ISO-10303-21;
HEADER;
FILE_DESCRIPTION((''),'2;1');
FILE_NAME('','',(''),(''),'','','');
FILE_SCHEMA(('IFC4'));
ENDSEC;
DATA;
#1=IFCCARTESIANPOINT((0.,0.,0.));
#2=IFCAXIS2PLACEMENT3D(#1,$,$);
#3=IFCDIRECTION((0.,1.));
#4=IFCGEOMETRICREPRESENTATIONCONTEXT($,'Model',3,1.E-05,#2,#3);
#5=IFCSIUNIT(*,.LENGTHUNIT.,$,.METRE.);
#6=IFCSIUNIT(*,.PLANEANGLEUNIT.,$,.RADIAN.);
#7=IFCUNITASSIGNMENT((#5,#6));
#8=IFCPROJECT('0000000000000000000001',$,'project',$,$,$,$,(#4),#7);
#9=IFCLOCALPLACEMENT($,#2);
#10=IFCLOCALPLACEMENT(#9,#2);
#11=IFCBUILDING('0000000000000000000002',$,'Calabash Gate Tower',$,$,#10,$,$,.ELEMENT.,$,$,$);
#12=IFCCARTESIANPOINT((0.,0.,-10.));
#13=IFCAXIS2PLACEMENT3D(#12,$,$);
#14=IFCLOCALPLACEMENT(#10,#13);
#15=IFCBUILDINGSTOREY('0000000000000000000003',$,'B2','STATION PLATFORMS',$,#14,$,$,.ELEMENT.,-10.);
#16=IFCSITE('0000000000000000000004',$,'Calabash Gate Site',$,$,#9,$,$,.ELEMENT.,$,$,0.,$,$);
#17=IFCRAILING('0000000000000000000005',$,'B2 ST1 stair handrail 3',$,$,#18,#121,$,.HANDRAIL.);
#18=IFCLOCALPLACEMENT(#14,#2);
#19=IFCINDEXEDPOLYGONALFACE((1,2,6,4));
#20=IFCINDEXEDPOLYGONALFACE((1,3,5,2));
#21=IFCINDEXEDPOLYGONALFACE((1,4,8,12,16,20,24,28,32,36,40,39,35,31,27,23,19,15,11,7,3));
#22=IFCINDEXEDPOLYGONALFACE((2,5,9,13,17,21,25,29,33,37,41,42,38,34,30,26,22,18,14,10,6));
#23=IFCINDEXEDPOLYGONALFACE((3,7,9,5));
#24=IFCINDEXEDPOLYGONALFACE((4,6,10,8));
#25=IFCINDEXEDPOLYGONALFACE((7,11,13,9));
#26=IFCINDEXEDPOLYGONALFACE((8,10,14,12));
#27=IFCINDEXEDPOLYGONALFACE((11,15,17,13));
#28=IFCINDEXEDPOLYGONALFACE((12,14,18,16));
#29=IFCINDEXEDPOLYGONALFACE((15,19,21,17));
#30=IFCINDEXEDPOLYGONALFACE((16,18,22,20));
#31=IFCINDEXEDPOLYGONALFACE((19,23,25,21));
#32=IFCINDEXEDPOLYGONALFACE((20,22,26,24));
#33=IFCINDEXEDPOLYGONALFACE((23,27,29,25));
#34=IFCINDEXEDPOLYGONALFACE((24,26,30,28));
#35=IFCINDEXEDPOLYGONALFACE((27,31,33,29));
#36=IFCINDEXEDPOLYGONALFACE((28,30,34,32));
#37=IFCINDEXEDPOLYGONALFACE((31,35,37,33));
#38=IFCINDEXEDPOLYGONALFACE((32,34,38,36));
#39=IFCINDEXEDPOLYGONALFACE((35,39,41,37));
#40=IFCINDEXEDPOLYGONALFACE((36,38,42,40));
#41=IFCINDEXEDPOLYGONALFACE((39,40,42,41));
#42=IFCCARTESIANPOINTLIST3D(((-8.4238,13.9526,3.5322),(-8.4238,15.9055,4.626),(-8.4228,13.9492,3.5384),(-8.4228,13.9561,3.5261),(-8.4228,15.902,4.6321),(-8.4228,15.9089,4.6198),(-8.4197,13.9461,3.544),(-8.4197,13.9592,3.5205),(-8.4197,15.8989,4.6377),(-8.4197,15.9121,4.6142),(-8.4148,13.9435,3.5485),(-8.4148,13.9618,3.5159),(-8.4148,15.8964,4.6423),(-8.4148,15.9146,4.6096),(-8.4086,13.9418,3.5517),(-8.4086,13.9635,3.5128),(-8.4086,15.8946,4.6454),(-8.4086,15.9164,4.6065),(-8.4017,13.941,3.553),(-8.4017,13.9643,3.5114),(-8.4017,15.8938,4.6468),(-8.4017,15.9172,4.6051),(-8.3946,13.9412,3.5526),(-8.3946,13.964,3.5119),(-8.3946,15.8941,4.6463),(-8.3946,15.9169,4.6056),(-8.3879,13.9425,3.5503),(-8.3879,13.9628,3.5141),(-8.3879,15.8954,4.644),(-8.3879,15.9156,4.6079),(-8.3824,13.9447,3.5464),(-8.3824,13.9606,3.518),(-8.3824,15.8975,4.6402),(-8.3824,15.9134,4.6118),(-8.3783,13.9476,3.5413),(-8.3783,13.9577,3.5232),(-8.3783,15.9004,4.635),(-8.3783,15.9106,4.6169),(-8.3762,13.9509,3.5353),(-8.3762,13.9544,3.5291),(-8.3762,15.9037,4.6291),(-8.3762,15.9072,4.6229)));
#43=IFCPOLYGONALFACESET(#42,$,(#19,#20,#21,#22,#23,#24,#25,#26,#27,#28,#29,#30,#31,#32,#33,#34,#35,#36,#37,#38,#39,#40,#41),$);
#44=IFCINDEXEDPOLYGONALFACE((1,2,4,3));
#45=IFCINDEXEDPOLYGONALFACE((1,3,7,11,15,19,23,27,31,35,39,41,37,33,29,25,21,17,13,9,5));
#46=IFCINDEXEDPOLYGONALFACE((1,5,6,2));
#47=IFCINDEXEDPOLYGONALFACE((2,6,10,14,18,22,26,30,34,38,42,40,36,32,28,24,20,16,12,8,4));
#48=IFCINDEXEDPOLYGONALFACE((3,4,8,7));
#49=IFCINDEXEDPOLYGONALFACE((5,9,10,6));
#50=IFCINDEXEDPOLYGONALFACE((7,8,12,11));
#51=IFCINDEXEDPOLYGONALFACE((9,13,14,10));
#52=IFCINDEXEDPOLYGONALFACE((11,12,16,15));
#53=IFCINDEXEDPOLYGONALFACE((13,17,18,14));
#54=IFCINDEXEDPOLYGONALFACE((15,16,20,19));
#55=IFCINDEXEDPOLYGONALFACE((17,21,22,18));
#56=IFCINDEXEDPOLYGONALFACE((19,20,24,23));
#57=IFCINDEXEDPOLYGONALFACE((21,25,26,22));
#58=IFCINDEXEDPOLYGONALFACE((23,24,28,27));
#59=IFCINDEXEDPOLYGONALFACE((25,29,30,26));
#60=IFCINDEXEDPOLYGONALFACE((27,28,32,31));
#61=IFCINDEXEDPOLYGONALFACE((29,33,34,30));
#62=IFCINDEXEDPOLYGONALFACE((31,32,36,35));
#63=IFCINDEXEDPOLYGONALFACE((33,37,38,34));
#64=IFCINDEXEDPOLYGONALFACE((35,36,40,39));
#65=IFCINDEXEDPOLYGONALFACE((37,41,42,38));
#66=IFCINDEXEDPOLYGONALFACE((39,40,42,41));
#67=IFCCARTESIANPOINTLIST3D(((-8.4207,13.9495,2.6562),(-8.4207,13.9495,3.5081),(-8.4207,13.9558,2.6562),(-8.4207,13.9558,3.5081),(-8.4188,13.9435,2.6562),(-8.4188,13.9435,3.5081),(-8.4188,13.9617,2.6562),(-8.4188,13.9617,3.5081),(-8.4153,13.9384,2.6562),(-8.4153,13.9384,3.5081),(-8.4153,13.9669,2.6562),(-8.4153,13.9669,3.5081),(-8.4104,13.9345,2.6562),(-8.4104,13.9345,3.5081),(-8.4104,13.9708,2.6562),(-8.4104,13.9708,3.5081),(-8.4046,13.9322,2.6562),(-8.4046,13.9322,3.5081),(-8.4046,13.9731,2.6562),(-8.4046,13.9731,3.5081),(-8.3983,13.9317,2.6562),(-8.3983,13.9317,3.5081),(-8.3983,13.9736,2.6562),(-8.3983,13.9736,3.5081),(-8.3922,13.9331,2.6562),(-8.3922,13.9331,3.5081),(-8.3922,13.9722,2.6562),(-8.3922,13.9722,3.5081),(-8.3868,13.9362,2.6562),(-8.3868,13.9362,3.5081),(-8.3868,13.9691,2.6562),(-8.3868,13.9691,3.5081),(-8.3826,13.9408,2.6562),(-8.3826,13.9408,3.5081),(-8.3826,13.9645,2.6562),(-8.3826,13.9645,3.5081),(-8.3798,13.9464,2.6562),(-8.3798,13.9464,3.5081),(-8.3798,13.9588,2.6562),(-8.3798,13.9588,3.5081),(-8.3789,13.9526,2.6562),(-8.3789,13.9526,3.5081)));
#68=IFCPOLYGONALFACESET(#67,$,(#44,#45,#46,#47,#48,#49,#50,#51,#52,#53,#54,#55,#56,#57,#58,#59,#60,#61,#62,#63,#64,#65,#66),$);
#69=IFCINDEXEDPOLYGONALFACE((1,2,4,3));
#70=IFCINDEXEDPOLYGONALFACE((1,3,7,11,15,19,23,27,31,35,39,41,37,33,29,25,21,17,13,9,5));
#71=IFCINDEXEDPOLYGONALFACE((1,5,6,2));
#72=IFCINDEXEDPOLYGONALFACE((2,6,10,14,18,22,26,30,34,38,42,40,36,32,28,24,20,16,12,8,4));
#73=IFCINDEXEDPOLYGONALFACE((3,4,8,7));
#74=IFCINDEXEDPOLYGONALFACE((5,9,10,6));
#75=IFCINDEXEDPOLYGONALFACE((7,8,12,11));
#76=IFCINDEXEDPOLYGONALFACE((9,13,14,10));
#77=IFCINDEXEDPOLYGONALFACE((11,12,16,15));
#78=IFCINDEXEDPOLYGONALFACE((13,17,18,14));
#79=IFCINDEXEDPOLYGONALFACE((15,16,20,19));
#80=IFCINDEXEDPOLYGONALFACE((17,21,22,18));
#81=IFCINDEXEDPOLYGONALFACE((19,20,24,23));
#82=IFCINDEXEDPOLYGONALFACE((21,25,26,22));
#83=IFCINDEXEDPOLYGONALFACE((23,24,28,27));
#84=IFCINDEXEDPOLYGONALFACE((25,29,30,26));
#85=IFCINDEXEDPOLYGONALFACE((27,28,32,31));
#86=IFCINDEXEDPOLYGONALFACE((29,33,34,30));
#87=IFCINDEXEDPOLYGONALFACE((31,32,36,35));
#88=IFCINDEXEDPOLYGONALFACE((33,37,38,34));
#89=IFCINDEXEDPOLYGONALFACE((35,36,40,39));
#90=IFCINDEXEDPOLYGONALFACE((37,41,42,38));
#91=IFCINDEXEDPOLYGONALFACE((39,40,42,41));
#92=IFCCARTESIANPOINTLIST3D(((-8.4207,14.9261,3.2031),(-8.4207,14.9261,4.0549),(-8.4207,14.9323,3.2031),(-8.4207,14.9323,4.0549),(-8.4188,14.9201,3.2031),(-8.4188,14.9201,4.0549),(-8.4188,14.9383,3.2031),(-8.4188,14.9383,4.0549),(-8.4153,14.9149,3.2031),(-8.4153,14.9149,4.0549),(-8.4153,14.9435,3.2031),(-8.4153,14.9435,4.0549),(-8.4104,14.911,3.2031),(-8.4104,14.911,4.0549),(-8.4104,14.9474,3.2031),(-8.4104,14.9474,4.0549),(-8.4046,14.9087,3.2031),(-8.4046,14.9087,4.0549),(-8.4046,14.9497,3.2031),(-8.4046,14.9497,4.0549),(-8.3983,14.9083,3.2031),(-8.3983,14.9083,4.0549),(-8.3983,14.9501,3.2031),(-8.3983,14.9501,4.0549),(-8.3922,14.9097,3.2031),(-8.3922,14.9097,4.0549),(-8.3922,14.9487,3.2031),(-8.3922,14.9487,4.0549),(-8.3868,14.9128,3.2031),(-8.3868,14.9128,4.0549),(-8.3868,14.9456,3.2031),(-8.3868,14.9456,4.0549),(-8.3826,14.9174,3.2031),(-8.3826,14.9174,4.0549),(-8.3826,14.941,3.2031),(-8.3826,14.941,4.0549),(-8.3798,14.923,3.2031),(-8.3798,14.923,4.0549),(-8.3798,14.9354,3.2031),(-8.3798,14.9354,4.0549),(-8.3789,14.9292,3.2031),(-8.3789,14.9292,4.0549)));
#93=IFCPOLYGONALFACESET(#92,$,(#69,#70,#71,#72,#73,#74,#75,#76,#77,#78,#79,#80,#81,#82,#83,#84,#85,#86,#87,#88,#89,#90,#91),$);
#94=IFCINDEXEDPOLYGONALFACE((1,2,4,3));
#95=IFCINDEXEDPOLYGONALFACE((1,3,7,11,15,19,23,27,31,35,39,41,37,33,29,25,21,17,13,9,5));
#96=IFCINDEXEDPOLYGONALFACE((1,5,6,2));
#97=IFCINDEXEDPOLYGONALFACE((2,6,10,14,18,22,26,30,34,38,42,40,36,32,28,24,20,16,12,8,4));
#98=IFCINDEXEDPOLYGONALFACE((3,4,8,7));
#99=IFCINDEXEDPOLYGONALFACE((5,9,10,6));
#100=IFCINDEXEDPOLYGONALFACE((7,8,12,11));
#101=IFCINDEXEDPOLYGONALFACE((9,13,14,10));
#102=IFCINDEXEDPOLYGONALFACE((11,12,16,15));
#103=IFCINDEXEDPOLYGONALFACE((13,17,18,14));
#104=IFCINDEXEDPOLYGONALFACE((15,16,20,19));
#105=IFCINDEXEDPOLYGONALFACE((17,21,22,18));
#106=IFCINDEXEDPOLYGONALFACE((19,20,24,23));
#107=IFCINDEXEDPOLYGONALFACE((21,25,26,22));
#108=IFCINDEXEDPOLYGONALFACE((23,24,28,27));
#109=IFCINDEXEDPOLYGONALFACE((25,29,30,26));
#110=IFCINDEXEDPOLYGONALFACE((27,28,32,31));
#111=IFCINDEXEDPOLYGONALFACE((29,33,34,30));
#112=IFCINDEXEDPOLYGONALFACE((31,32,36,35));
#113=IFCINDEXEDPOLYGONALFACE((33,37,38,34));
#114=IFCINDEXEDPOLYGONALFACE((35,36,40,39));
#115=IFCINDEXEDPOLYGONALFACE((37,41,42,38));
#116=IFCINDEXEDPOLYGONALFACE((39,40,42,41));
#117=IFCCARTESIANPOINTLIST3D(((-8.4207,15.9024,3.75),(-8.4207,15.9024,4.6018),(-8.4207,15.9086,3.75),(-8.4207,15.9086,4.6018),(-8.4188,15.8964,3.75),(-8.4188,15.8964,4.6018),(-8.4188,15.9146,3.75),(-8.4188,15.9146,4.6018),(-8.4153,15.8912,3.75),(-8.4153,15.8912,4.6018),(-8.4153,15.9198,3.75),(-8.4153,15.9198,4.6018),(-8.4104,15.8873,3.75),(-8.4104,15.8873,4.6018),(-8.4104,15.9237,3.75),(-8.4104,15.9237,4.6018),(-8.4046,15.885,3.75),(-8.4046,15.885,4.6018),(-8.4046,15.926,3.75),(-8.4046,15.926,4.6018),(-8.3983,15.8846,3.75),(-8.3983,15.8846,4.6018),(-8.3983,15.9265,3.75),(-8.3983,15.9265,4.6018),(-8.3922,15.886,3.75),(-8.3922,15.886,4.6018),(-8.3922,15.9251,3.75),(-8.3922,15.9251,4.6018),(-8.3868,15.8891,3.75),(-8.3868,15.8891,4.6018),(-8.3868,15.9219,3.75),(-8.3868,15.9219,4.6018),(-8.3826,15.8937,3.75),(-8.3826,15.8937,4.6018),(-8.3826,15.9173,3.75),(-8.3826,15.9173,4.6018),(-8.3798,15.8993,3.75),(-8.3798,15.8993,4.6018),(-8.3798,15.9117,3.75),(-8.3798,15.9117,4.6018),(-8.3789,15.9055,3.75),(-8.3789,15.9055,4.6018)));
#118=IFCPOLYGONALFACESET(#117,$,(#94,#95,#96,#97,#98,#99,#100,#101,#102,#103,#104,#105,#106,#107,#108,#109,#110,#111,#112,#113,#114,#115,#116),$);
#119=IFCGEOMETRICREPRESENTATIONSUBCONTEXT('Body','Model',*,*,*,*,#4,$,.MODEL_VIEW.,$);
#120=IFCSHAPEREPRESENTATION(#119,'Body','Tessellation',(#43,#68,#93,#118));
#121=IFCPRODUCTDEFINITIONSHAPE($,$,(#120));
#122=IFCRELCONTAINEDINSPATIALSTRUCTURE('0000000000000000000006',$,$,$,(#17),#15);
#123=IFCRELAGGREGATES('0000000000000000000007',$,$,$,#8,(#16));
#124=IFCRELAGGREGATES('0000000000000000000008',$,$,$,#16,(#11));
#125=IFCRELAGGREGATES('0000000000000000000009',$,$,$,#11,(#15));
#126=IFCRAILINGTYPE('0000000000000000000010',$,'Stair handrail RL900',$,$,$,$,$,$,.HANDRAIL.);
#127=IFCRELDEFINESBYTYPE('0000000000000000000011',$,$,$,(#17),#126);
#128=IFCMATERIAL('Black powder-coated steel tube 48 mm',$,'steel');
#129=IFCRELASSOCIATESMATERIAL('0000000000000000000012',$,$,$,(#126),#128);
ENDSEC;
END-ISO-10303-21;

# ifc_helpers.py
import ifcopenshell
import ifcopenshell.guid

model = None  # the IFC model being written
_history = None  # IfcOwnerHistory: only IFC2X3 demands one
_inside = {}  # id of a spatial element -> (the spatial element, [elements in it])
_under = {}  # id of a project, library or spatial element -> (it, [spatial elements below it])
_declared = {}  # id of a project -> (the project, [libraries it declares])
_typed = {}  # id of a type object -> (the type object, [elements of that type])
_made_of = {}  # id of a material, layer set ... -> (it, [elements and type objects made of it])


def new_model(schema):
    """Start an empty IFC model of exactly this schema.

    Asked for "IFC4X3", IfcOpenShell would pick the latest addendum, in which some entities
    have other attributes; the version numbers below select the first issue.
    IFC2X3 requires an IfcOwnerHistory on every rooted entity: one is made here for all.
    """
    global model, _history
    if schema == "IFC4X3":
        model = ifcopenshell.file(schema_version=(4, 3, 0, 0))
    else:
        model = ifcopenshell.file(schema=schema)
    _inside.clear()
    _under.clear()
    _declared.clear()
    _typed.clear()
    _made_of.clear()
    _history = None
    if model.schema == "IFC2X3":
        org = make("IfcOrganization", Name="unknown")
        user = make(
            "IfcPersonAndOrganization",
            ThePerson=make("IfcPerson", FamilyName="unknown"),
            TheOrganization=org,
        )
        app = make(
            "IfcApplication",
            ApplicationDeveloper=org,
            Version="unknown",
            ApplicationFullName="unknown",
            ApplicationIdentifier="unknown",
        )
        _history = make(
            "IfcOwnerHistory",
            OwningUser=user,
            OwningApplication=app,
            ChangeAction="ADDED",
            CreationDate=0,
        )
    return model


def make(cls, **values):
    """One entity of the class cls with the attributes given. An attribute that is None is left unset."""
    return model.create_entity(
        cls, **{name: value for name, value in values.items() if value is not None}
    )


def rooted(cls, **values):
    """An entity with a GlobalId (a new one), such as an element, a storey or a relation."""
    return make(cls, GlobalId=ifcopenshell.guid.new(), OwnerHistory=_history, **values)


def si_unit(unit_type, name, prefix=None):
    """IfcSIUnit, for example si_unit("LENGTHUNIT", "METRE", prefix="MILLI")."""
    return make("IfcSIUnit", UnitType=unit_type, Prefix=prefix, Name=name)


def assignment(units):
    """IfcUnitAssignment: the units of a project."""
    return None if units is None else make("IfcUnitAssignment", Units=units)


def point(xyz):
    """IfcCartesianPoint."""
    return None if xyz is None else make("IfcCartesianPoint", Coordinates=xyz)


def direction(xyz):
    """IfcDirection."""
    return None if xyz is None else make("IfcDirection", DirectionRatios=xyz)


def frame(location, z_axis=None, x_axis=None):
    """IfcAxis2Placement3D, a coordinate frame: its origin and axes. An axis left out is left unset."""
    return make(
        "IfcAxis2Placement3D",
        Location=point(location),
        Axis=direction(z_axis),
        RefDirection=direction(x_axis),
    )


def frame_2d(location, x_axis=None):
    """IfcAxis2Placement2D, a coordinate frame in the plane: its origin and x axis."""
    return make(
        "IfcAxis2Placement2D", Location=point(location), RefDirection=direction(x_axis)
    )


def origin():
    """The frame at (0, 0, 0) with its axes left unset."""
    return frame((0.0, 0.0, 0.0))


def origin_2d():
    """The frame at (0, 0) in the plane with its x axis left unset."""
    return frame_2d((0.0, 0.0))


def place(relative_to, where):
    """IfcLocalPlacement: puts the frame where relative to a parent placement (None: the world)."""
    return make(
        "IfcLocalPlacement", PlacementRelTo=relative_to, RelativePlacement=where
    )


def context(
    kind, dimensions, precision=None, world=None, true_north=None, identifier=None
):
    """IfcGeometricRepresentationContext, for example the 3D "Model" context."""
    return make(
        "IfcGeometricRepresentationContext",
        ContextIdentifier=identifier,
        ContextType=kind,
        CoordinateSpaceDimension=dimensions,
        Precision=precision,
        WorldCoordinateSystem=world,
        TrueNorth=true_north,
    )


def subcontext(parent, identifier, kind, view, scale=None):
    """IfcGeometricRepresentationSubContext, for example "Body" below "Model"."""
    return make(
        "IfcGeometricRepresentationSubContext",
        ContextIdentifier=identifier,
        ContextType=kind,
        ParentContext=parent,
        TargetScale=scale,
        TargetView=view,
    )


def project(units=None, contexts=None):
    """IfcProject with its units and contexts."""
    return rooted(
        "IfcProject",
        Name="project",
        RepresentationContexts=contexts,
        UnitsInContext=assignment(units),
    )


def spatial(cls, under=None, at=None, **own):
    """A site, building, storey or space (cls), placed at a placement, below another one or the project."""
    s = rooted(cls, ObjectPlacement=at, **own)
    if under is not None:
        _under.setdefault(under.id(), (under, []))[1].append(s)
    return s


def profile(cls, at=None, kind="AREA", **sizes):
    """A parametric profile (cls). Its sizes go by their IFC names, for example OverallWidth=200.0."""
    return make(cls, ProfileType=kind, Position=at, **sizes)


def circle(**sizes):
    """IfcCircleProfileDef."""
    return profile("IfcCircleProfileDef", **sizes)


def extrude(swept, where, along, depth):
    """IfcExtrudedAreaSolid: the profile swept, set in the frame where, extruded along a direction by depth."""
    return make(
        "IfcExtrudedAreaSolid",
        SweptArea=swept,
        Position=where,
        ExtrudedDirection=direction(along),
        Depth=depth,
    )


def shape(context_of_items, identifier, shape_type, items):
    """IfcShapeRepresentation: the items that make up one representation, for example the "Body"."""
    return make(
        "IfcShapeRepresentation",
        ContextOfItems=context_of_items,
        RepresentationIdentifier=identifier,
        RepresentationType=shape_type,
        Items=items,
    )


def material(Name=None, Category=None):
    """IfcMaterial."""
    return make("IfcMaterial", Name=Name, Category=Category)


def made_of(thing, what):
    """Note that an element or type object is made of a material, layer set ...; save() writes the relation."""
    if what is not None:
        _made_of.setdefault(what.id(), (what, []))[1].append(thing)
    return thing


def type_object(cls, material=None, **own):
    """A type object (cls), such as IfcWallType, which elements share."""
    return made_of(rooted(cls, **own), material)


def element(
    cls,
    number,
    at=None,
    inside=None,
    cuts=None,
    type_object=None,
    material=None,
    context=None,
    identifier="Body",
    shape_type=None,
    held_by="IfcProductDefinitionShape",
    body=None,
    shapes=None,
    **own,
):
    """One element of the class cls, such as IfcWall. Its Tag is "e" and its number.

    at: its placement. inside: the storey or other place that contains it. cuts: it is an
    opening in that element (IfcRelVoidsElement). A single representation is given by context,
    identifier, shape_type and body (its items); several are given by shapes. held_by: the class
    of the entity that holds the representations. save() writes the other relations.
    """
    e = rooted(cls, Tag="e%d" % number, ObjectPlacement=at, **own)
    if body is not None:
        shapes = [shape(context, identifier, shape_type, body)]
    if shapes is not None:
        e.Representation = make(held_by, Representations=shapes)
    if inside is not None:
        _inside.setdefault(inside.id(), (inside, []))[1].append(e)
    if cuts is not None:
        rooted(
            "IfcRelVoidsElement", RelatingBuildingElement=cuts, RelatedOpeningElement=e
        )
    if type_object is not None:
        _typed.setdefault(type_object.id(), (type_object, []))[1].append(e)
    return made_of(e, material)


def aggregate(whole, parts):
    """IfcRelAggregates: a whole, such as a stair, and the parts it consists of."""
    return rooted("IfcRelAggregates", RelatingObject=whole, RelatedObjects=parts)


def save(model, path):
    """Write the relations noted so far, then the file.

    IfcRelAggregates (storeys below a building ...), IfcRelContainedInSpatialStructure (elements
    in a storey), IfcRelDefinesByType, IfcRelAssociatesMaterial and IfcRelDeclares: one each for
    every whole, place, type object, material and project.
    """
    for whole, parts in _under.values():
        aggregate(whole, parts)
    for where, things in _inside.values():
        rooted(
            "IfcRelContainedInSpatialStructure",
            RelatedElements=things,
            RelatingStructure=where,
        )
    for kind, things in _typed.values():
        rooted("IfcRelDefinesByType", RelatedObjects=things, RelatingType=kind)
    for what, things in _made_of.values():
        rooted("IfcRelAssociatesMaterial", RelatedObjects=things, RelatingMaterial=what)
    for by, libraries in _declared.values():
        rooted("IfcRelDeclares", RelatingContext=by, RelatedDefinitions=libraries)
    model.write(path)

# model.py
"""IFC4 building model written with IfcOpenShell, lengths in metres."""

from ifc_helpers import new_model, si_unit, direction, frame, origin, origin_2d, place, context, subcontext, project, spatial, circle, extrude, material, type_object, element, save


model = new_model("IFC4")

# Units and contexts
model_context = context("Model", 3, precision=1e-05, world=origin(), true_north=direction((0.0, 1.0)))
body_context = subcontext(model_context, "Body", "Model", "MODEL_VIEW")
ifc_project = project(units=[si_unit("LENGTHUNIT", "METRE"), si_unit("PLANEANGLEUNIT", "RADIAN")], contexts=[model_context])

# Site, building, storey
site_placement = place(None, origin())
site = spatial("IfcSite", under=ifc_project, at=site_placement, Name="Calabash Gate Site", CompositionType="ELEMENT", RefElevation=0.0)
building_placement = place(site_placement, origin())
building = spatial("IfcBuilding", under=site, at=building_placement, Name="Calabash Gate Tower", CompositionType="ELEMENT")
storey_placement = place(building_placement, frame((0.0, 0.0, -10.0)))
storey = spatial("IfcBuildingStorey", under=building, at=storey_placement, Name="B2", Description="STATION PLATFORMS", CompositionType="ELEMENT", Elevation=-10.0)

# Railing
ifc_material_1 = material(Name="Black powder-coated steel tube 48 mm", Category="steel")
railing_type_1 = type_object("IfcRailingType", Name="Stair handrail RL900", PredefinedType="HANDRAIL", material=ifc_material_1)
railing_1_placement = place(storey_placement, frame((-8.3999, 13.9526, 2.6562)))
element("IfcRailing", 1, at=railing_1_placement, inside=storey, type_object=railing_type_1, Name="B2 ST1 stair handrail 3", PredefinedType="HANDRAIL", context=body_context, shape_type="SweptSolid", body=[
    extrude(circle(Radius=0.0239, at=origin_2d()), frame((0.0, 0.0, 0.876), z_axis=(0.0, 0.87248, 0.48865), x_axis=(-1.0, 0.0, 0.0)), (0.0, 0.0, 1.0), 2.2383),
    extrude(circle(Radius=0.021, at=origin_2d()), origin(), (0.0, 0.0, 1.0), 0.8518),
    extrude(circle(Radius=0.021, at=origin_2d()), frame((0.0, 0.9766, 0.5469)), (0.0, 0.0, 1.0), 0.8518),
    extrude(circle(Radius=0.021, at=origin_2d()), frame((0.0, 1.9529, 1.0938)), (0.0, 0.0, 1.0), 0.8518),
])

save(model, "model.ifc")
